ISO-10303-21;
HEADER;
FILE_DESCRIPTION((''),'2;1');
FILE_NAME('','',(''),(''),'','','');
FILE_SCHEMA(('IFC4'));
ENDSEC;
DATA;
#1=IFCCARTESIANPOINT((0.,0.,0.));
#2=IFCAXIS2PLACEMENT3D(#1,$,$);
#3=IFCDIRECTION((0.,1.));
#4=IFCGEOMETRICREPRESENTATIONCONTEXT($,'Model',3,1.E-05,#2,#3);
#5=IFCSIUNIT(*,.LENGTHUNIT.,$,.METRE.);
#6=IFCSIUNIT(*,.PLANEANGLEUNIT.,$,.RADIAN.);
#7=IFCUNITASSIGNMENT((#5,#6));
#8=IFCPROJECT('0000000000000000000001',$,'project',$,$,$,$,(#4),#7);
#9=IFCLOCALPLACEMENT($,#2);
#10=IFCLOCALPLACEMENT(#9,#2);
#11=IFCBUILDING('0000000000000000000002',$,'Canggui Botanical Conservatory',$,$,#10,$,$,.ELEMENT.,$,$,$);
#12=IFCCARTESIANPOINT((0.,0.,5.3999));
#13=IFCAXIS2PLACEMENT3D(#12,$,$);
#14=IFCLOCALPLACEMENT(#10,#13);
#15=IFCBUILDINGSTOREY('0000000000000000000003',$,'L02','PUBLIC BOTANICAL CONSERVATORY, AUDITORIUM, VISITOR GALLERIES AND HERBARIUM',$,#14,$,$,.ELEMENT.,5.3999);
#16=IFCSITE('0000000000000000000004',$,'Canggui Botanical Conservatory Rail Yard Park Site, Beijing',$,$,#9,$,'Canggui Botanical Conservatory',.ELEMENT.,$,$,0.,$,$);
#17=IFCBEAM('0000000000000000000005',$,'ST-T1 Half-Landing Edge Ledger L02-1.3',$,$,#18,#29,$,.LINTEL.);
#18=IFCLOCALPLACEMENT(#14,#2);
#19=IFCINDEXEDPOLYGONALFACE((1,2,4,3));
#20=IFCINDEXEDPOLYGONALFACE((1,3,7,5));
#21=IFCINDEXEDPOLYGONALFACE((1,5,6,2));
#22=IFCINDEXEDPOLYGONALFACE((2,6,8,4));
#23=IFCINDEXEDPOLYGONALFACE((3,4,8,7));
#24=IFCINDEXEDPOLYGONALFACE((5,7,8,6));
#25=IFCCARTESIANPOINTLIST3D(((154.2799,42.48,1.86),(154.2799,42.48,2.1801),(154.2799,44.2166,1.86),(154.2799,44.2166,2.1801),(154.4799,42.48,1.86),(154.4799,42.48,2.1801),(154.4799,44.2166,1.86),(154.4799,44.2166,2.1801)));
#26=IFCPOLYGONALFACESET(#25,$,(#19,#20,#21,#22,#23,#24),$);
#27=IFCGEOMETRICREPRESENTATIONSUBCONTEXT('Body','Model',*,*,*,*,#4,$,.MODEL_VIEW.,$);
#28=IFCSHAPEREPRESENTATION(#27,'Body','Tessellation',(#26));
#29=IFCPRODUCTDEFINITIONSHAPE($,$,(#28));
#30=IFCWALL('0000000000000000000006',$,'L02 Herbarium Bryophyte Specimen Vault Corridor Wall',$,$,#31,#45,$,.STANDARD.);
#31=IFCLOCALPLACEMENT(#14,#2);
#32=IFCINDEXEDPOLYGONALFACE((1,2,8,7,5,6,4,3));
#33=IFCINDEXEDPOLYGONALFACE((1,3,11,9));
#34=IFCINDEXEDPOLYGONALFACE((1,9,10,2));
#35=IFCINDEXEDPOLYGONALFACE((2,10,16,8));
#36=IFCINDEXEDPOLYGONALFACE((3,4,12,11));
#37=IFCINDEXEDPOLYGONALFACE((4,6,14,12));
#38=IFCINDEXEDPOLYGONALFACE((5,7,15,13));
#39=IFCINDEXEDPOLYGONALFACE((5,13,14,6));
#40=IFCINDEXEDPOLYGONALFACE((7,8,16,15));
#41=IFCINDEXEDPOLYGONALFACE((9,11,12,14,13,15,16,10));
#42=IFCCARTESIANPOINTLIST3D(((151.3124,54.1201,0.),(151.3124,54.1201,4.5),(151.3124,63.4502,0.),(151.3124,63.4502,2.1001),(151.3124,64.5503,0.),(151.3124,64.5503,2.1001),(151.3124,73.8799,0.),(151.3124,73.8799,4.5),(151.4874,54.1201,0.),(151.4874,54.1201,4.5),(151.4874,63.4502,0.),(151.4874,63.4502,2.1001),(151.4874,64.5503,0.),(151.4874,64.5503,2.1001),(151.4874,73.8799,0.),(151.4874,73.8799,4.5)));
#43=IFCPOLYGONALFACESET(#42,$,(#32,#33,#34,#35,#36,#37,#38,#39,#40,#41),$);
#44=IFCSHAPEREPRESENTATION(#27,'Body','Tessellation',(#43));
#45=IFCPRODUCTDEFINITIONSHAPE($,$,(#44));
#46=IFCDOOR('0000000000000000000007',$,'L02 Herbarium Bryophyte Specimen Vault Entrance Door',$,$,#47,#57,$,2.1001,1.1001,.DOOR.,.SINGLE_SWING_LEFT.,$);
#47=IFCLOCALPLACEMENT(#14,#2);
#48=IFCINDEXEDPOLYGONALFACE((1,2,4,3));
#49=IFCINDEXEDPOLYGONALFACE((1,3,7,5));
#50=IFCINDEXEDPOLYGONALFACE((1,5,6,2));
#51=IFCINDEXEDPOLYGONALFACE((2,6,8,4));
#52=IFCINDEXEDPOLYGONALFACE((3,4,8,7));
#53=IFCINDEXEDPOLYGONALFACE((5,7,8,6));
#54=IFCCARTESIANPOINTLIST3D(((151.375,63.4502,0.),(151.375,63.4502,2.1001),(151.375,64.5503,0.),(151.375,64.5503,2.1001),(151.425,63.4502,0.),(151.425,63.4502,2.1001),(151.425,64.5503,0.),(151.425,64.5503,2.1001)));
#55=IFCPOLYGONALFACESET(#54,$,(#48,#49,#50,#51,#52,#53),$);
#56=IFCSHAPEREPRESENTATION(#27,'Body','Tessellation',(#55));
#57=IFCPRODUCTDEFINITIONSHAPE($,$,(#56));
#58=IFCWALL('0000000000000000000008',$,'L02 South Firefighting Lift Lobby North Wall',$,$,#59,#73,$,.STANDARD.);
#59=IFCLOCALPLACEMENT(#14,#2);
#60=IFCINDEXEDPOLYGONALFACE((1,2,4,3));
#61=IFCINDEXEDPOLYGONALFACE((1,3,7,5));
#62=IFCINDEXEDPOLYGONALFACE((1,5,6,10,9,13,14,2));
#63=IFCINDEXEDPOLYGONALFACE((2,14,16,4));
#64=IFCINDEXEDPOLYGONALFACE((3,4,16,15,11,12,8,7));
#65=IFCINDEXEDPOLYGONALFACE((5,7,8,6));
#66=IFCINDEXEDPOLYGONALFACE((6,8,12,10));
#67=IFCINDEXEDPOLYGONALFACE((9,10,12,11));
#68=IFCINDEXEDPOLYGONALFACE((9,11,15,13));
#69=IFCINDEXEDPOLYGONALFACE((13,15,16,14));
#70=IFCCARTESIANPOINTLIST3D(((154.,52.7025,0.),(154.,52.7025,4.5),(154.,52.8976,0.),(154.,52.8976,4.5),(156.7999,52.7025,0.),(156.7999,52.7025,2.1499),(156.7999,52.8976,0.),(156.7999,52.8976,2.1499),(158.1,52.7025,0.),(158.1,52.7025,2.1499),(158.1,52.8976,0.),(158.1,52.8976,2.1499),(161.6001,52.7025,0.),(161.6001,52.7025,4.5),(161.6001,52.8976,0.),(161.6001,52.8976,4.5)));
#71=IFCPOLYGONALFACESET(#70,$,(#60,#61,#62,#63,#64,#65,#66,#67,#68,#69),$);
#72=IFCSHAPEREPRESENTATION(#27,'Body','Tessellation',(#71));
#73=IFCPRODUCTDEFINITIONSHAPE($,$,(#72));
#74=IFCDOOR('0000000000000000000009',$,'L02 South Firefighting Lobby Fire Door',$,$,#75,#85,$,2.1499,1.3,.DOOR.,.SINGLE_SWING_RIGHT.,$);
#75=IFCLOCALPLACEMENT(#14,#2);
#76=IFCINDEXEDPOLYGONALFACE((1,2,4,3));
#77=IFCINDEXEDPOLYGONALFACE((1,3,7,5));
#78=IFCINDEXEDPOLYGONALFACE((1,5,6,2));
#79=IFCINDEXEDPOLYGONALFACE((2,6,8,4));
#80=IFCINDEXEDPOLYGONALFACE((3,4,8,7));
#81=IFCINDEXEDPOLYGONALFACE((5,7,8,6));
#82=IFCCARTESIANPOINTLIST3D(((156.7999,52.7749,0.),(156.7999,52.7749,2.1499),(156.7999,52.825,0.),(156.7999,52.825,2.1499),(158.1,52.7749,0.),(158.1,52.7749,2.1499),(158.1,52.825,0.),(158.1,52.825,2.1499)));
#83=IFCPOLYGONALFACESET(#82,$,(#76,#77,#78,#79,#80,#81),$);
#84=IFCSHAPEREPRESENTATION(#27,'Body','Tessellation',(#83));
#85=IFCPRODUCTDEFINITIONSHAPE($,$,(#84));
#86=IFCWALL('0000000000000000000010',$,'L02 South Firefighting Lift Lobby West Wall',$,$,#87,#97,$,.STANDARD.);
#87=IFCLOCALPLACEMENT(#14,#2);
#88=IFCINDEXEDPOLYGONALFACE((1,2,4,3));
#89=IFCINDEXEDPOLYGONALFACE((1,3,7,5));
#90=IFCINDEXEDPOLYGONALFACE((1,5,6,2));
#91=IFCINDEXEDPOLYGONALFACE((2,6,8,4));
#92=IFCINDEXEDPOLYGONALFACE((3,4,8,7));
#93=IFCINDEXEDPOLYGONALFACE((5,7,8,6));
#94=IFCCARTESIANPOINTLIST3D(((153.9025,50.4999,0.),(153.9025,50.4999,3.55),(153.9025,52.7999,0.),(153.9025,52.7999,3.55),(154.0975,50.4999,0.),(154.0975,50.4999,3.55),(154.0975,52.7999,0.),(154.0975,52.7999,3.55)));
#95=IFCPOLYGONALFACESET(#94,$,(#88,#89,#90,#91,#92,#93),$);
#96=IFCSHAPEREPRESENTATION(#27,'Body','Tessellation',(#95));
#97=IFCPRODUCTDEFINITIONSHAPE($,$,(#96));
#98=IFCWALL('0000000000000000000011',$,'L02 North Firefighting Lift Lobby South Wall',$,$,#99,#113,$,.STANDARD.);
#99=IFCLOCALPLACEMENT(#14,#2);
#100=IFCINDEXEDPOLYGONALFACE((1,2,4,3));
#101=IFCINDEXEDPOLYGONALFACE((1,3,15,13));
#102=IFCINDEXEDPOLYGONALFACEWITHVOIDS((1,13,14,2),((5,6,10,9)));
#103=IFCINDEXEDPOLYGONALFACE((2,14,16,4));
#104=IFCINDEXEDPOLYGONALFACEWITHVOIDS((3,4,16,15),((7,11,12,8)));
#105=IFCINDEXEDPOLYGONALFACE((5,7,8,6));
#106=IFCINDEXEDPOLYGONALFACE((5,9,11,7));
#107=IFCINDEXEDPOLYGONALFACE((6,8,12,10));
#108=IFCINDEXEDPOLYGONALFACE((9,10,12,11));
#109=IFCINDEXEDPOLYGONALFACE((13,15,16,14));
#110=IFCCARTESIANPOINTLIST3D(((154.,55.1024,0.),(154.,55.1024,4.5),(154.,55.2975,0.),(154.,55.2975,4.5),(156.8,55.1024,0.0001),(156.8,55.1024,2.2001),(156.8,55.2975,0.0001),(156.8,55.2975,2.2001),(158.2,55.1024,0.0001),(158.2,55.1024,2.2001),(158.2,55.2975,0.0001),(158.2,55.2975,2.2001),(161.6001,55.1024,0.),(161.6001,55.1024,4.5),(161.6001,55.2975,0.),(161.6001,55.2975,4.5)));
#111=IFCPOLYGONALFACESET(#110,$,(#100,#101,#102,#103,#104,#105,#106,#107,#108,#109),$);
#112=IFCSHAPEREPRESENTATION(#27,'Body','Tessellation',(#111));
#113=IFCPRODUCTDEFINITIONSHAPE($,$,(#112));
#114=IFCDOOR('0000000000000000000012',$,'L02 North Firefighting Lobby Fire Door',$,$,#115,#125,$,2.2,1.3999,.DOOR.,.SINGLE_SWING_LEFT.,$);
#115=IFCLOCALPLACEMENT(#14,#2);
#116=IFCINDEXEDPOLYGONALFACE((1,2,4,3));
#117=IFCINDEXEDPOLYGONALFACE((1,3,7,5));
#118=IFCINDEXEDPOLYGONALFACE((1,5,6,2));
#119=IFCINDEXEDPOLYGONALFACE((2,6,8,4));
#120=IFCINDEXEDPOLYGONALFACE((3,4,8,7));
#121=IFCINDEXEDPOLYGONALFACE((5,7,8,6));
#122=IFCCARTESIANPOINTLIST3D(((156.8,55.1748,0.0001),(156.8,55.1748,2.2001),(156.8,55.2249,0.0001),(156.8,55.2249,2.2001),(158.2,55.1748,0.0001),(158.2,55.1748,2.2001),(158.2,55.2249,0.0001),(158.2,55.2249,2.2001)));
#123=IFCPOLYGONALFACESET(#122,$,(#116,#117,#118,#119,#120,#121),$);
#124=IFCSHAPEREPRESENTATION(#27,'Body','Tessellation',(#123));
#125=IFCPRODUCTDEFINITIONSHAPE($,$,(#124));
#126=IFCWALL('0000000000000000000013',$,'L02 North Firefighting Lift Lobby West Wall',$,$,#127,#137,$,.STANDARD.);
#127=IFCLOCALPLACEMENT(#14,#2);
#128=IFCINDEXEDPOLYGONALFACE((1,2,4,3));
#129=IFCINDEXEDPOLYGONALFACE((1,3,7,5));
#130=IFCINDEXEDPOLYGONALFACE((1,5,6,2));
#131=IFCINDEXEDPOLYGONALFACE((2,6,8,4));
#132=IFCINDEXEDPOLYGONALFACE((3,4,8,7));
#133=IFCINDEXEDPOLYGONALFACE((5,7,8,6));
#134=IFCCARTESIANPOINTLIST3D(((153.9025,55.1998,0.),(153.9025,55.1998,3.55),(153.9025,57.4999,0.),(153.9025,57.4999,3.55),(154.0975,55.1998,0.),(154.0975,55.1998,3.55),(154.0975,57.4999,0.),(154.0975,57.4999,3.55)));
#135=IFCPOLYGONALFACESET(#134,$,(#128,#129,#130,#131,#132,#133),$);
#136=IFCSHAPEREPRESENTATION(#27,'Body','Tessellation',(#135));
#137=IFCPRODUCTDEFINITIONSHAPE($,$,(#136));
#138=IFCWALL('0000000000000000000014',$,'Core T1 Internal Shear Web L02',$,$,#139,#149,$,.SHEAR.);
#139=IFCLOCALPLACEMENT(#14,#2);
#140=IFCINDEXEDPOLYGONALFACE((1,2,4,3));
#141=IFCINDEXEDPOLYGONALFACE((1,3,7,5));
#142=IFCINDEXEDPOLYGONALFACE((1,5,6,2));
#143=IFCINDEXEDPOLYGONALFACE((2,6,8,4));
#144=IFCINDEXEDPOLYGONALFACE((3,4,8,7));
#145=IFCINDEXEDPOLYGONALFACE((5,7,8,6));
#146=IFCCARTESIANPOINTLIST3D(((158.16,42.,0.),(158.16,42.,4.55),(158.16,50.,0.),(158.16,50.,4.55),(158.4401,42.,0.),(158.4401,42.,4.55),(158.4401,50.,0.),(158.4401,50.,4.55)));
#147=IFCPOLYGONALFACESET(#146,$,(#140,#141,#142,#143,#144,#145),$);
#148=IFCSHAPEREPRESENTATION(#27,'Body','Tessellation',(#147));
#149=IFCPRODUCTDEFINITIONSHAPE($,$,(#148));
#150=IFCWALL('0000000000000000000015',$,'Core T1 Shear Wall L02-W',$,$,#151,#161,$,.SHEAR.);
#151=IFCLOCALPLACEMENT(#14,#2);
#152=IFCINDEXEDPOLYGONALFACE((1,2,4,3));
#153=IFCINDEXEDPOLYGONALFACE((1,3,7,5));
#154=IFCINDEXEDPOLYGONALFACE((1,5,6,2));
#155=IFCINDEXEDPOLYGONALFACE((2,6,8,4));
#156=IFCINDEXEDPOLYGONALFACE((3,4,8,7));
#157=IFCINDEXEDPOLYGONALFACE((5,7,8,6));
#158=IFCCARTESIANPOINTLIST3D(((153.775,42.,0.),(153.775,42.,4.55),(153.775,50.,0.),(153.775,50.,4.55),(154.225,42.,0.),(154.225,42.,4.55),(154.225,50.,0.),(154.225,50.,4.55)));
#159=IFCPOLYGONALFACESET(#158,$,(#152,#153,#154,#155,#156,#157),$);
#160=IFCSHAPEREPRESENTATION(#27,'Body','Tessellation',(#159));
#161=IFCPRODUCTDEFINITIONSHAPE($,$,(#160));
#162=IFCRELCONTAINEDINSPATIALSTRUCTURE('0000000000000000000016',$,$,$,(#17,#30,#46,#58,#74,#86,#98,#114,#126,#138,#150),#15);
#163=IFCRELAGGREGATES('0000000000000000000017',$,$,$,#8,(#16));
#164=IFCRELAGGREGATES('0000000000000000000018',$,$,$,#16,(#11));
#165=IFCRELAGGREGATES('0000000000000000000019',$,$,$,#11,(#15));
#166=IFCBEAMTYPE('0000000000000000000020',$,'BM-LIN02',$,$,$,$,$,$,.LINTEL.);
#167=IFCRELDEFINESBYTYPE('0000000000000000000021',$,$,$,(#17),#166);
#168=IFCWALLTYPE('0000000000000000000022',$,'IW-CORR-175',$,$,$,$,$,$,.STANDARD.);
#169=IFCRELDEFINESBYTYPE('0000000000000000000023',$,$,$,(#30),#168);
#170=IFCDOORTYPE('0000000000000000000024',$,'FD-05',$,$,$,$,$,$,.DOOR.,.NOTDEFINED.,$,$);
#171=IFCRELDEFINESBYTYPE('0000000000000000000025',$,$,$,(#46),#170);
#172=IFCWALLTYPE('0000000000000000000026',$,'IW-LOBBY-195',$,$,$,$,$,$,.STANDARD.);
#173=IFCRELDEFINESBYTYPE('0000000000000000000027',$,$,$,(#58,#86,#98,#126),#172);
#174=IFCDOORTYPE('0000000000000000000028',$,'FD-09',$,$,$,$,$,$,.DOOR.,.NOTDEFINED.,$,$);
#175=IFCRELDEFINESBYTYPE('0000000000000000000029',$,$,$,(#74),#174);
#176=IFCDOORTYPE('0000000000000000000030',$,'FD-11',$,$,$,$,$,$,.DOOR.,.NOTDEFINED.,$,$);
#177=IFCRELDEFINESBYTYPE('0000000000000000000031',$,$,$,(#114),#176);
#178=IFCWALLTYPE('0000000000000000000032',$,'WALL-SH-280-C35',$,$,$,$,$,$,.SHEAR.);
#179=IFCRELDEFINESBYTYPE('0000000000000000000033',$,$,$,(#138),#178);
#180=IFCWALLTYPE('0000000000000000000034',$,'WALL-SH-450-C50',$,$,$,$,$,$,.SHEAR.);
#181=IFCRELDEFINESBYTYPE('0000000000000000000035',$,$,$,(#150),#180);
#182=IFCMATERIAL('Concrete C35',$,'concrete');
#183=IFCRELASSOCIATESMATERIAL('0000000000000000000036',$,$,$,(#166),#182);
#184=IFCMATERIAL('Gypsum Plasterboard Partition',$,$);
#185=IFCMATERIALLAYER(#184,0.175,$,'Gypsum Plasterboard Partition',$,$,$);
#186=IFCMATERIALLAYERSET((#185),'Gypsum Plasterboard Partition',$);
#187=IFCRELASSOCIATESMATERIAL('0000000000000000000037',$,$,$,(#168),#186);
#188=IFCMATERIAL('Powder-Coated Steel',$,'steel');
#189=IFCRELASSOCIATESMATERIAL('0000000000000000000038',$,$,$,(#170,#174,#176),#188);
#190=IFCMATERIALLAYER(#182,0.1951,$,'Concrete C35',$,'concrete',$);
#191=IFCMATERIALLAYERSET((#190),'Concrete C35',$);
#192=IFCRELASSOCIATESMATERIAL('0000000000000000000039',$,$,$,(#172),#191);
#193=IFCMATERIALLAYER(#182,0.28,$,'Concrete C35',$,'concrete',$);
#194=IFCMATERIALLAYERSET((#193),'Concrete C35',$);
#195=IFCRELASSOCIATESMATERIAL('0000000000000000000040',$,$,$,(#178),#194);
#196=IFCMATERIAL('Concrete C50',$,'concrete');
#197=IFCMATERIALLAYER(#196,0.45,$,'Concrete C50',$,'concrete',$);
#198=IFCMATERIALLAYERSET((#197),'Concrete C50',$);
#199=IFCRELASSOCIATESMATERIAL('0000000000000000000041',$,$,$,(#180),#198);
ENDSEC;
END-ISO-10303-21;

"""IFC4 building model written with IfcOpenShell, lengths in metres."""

from ifc_helpers import new_model, si_unit, direction, frame, frame_2d, origin, origin_2d, place, context, subcontext, project, spatial, rectangle, extrude, material, layer, layer_set, material_profile, profile_set, type_object, element, fill, save


model = new_model("IFC4")

# Units and contexts
model_context = context("Model", 3, precision=1e-05, world=origin(), true_north=direction((0.0, 1.0)))
body_context = subcontext(model_context, "Body", "Model", "MODEL_VIEW")
ifc_project = project(units=[si_unit("LENGTHUNIT", "METRE"), si_unit("PLANEANGLEUNIT", "RADIAN")], contexts=[model_context])

# Site, building, storey
site_placement = place(None, origin())
site = spatial("IfcSite", under=ifc_project, at=site_placement, Name="Canggui Botanical Conservatory Rail Yard Park Site, Beijing", LongName="Canggui Botanical Conservatory", CompositionType="ELEMENT", RefElevation=0.0)
building_placement = place(site_placement, origin())
building = spatial("IfcBuilding", under=site, at=building_placement, Name="Canggui Botanical Conservatory", CompositionType="ELEMENT")
storey_placement = place(building_placement, frame((0.0, 0.0, 5.3999)))
storey = spatial("IfcBuildingStorey", under=building, at=storey_placement, Name="L02", Description="PUBLIC BOTANICAL CONSERVATORY, AUDITORIUM, VISITOR GALLERIES AND HERBARIUM", CompositionType="ELEMENT", Elevation=5.3999)

# Shared definitions
ifc_material_1 = material(Name="Concrete C50", Category="concrete")

# Beam
ifc_material_2 = material(Name="Concrete C35", Category="concrete")
ifc_material_profile_1 = material_profile(ifc_material_2, rectangle(XDim=0.2, YDim=0.3201, at=origin_2d()), Name="RB 200x320")
ifc_profile_set_1 = profile_set([ifc_material_profile_1], Name="Concrete C35")
beam_type_1 = type_object("IfcBeamType", Name="BM-LIN02", PredefinedType="LINTEL", material=ifc_profile_set_1)
beam_placement = place(storey_placement, frame((154.3799, 42.48, 2.02), z_axis=(0.0, 1.0, 0.0), x_axis=(-1.0, 0.0, 0.0)))
element("IfcBeam", 1, at=beam_placement, inside=storey, type_object=beam_type_1, Name="ST-T1 Half-Landing Edge Ledger L02-1.3", PredefinedType="LINTEL", context=body_context, shape_type="SweptSolid", body=[
    extrude(rectangle(XDim=0.2, YDim=0.3201, at=origin_2d()), origin(), (0.0, 0.0, 1.0), 1.7366),
])

# Walls, openings, doors
ifc_material_3 = material(Name="Gypsum Plasterboard Partition")
ifc_layer_1 = layer(ifc_material_3, 0.175, Name="Gypsum Plasterboard Partition")
ifc_layer_set_1 = layer_set([ifc_layer_1], Name="Gypsum Plasterboard Partition")
wall_type_1 = type_object("IfcWallType", Name="IW-CORR-175", PredefinedType="STANDARD", material=ifc_layer_set_1)
wall_1_placement = place(storey_placement, frame((151.3999, 54.1201, 0.0), z_axis=(0.0, 0.0, 1.0), x_axis=(0.0, 1.0, 0.0)))
wall_1 = element("IfcWall", 2, at=wall_1_placement, inside=storey, type_object=wall_type_1, Name="L02 Herbarium Bryophyte Specimen Vault Corridor Wall", PredefinedType="STANDARD", context=body_context, shape_type="SweptSolid", body=[
    extrude(rectangle(XDim=19.7598, YDim=0.175, at=frame_2d((9.8799, 0.0))), origin(), (0.0, 0.0, 1.0), 4.5),
])
opening_1_placement = place(wall_1_placement, frame((9.3301, 0.0, 0.0)))
opening_1 = element("IfcOpeningElement", 3, at=opening_1_placement, cuts=wall_1, PredefinedType="OPENING", context=body_context, shape_type="SweptSolid", body=[
    extrude(rectangle(XDim=1.1001, YDim=2.1001, at=frame_2d((0.55, 1.05))), frame((0.0, 0.0977, 0.0), z_axis=(0.0, -1.0, 0.0), x_axis=(1.0, 0.0, 0.0)), (0.0, 0.0, 1.0), 0.1951),
])
ifc_material_4 = material(Name="Powder-Coated Steel", Category="steel")
door_type_1 = type_object("IfcDoorType", Name="FD-05", OperationType="NOTDEFINED", PredefinedType="DOOR", material=ifc_material_4)
door_1_placement = place(opening_1_placement, origin())
door_1 = element("IfcDoor", 4, at=door_1_placement, inside=storey, type_object=door_type_1, Name="L02 Herbarium Bryophyte Specimen Vault Entrance Door", OperationType="SINGLE_SWING_LEFT", OverallHeight=2.1001, OverallWidth=1.1001, PredefinedType="DOOR", context=body_context, shape_type="SweptSolid", body=[
    extrude(rectangle(XDim=1.1001, YDim=2.1001, at=frame_2d((0.55, 1.05))), frame((0.0, 0.0249, 0.0), z_axis=(0.0, -1.0, 0.0), x_axis=(1.0, 0.0, 0.0)), (0.0, 0.0, 1.0), 0.05),
])
fill(opening_1, door_1)
ifc_layer_2 = layer(ifc_material_2, 0.1951, Name="Concrete C35", Category="concrete")
ifc_layer_set_2 = layer_set([ifc_layer_2], Name="Concrete C35")
wall_type_2 = type_object("IfcWallType", Name="IW-LOBBY-195", PredefinedType="STANDARD", material=ifc_layer_set_2)
wall_2_placement = place(storey_placement, frame((154.0, 52.8, 0.0), z_axis=(0.0, 0.0, 1.0), x_axis=(1.0, 0.0, 0.0)))
wall_2 = element("IfcWall", 5, at=wall_2_placement, inside=storey, type_object=wall_type_2, Name="L02 South Firefighting Lift Lobby North Wall", PredefinedType="STANDARD", context=body_context, shape_type="SweptSolid", body=[
    extrude(rectangle(XDim=7.6001, YDim=0.1951, at=frame_2d((3.8, 0.0))), origin(), (0.0, 0.0, 1.0), 4.5),
])
opening_2_placement = place(wall_2_placement, frame((2.8, 0.0, 0.0)))
opening_2 = element("IfcOpeningElement", 6, at=opening_2_placement, cuts=wall_2, PredefinedType="OPENING", context=body_context, shape_type="SweptSolid", body=[
    extrude(rectangle(XDim=1.3, YDim=2.1499, at=frame_2d((0.6499, 1.075))), frame((0.0, 0.1074, 0.0), z_axis=(0.0, -1.0, 0.0), x_axis=(1.0, 0.0, 0.0)), (0.0, 0.0, 1.0), 0.2151),
])
door_type_2 = type_object("IfcDoorType", Name="FD-09", OperationType="NOTDEFINED", PredefinedType="DOOR", material=ifc_material_4)
door_2_placement = place(opening_2_placement, origin())
door_2 = element("IfcDoor", 7, at=door_2_placement, inside=storey, type_object=door_type_2, Name="L02 South Firefighting Lobby Fire Door", OperationType="SINGLE_SWING_RIGHT", OverallHeight=2.1499, OverallWidth=1.3, PredefinedType="DOOR", context=body_context, shape_type="SweptSolid", body=[
    extrude(rectangle(XDim=1.3, YDim=2.1499, at=frame_2d((0.6499, 1.075))), frame((0.0, 0.0249, 0.0), z_axis=(0.0, -1.0, 0.0), x_axis=(1.0, 0.0, 0.0)), (0.0, 0.0, 1.0), 0.05),
])
fill(opening_2, door_2)

# Wall
wall_3_placement = place(storey_placement, frame((154.0, 50.5, 0.0), z_axis=(0.0, 0.0, 1.0), x_axis=(0.0, 1.0, 0.0)))
element("IfcWall", 8, at=wall_3_placement, inside=storey, type_object=wall_type_2, Name="L02 South Firefighting Lift Lobby West Wall", PredefinedType="STANDARD", context=body_context, shape_type="SweptSolid", body=[
    extrude(rectangle(XDim=2.3, YDim=0.1951, at=frame_2d((1.1499, 0.0))), origin(), (0.0, 0.0, 1.0), 3.55),
])

# Wall, opening, door
wall_4_placement = place(storey_placement, frame((154.0, 55.2, 0.0), z_axis=(0.0, 0.0, 1.0), x_axis=(1.0, 0.0, 0.0)))
wall_4 = element("IfcWall", 9, at=wall_4_placement, inside=storey, type_object=wall_type_2, Name="L02 North Firefighting Lift Lobby South Wall", PredefinedType="STANDARD", context=body_context, shape_type="SweptSolid", body=[
    extrude(rectangle(XDim=7.6001, YDim=0.1951, at=frame_2d((3.8, 0.0))), origin(), (0.0, 0.0, 1.0), 4.5),
])
opening_3_placement = place(wall_4_placement, frame((2.8, 0.0, 0.0)))
opening_3 = element("IfcOpeningElement", 10, at=opening_3_placement, cuts=wall_4, PredefinedType="OPENING", context=body_context, shape_type="SweptSolid", body=[
    extrude(rectangle(XDim=1.3999, YDim=2.2, at=frame_2d((0.7, 1.1001))), frame((0.0, 0.1074, 0.0), z_axis=(0.0, -1.0, 0.0), x_axis=(1.0, 0.0, 0.0)), (0.0, 0.0, 1.0), 0.2151),
])
door_type_3 = type_object("IfcDoorType", Name="FD-11", OperationType="NOTDEFINED", PredefinedType="DOOR", material=ifc_material_4)
door_3_placement = place(opening_3_placement, origin())
door_3 = element("IfcDoor", 11, at=door_3_placement, inside=storey, type_object=door_type_3, Name="L02 North Firefighting Lobby Fire Door", OperationType="SINGLE_SWING_LEFT", OverallHeight=2.2, OverallWidth=1.3999, PredefinedType="DOOR", context=body_context, shape_type="SweptSolid", body=[
    extrude(rectangle(XDim=1.3999, YDim=2.2, at=frame_2d((0.7, 1.1001))), frame((0.0, 0.0249, 0.0), z_axis=(0.0, -1.0, 0.0), x_axis=(1.0, 0.0, 0.0)), (0.0, 0.0, 1.0), 0.05),
])
fill(opening_3, door_3)

# Walls
wall_5_placement = place(storey_placement, frame((154.0, 55.2, 0.0), z_axis=(0.0, 0.0, 1.0), x_axis=(0.0, 1.0, 0.0)))
element("IfcWall", 12, at=wall_5_placement, inside=storey, type_object=wall_type_2, Name="L02 North Firefighting Lift Lobby West Wall", PredefinedType="STANDARD", context=body_context, shape_type="SweptSolid", body=[
    extrude(rectangle(XDim=2.3, YDim=0.1951, at=frame_2d((1.1499, 0.0))), origin(), (0.0, 0.0, 1.0), 3.55),
])
ifc_layer_3 = layer(ifc_material_2, 0.28, Name="Concrete C35", Category="concrete")
ifc_layer_set_3 = layer_set([ifc_layer_3], Name="Concrete C35")
wall_type_3 = type_object("IfcWallType", Name="WALL-SH-280-C35", PredefinedType="SHEAR", material=ifc_layer_set_3)
wall_6_placement = place(storey_placement, frame((158.3, 42.0, 0.0), z_axis=(0.0, 0.0, 1.0), x_axis=(0.0, 1.0, 0.0)))
element("IfcWall", 13, at=wall_6_placement, inside=storey, type_object=wall_type_3, Name="Core T1 Internal Shear Web L02", PredefinedType="SHEAR", context=body_context, shape_type="SweptSolid", body=[
    extrude(rectangle(XDim=8.0, YDim=0.28, at=frame_2d((4.0, 0.0))), origin(), (0.0, 0.0, 1.0), 4.55),
])
ifc_layer_4 = layer(ifc_material_1, 0.45, Name="Concrete C50", Category="concrete")
ifc_layer_set_4 = layer_set([ifc_layer_4], Name="Concrete C50")
wall_type_4 = type_object("IfcWallType", Name="WALL-SH-450-C50", PredefinedType="SHEAR", material=ifc_layer_set_4)
wall_7_placement = place(storey_placement, frame((154.0, 50.0, 0.0), z_axis=(0.0, 0.0, 1.0), x_axis=(0.0, -1.0, 0.0)))
element("IfcWall", 14, at=wall_7_placement, inside=storey, type_object=wall_type_4, Name="Core T1 Shear Wall L02-W", PredefinedType="SHEAR", context=body_context, shape_type="SweptSolid", body=[
    extrude(rectangle(XDim=8.0, YDim=0.45, at=frame_2d((4.0, 0.0))), origin(), (0.0, 0.0, 1.0), 4.55),
])

save(model, "model.ifc")
